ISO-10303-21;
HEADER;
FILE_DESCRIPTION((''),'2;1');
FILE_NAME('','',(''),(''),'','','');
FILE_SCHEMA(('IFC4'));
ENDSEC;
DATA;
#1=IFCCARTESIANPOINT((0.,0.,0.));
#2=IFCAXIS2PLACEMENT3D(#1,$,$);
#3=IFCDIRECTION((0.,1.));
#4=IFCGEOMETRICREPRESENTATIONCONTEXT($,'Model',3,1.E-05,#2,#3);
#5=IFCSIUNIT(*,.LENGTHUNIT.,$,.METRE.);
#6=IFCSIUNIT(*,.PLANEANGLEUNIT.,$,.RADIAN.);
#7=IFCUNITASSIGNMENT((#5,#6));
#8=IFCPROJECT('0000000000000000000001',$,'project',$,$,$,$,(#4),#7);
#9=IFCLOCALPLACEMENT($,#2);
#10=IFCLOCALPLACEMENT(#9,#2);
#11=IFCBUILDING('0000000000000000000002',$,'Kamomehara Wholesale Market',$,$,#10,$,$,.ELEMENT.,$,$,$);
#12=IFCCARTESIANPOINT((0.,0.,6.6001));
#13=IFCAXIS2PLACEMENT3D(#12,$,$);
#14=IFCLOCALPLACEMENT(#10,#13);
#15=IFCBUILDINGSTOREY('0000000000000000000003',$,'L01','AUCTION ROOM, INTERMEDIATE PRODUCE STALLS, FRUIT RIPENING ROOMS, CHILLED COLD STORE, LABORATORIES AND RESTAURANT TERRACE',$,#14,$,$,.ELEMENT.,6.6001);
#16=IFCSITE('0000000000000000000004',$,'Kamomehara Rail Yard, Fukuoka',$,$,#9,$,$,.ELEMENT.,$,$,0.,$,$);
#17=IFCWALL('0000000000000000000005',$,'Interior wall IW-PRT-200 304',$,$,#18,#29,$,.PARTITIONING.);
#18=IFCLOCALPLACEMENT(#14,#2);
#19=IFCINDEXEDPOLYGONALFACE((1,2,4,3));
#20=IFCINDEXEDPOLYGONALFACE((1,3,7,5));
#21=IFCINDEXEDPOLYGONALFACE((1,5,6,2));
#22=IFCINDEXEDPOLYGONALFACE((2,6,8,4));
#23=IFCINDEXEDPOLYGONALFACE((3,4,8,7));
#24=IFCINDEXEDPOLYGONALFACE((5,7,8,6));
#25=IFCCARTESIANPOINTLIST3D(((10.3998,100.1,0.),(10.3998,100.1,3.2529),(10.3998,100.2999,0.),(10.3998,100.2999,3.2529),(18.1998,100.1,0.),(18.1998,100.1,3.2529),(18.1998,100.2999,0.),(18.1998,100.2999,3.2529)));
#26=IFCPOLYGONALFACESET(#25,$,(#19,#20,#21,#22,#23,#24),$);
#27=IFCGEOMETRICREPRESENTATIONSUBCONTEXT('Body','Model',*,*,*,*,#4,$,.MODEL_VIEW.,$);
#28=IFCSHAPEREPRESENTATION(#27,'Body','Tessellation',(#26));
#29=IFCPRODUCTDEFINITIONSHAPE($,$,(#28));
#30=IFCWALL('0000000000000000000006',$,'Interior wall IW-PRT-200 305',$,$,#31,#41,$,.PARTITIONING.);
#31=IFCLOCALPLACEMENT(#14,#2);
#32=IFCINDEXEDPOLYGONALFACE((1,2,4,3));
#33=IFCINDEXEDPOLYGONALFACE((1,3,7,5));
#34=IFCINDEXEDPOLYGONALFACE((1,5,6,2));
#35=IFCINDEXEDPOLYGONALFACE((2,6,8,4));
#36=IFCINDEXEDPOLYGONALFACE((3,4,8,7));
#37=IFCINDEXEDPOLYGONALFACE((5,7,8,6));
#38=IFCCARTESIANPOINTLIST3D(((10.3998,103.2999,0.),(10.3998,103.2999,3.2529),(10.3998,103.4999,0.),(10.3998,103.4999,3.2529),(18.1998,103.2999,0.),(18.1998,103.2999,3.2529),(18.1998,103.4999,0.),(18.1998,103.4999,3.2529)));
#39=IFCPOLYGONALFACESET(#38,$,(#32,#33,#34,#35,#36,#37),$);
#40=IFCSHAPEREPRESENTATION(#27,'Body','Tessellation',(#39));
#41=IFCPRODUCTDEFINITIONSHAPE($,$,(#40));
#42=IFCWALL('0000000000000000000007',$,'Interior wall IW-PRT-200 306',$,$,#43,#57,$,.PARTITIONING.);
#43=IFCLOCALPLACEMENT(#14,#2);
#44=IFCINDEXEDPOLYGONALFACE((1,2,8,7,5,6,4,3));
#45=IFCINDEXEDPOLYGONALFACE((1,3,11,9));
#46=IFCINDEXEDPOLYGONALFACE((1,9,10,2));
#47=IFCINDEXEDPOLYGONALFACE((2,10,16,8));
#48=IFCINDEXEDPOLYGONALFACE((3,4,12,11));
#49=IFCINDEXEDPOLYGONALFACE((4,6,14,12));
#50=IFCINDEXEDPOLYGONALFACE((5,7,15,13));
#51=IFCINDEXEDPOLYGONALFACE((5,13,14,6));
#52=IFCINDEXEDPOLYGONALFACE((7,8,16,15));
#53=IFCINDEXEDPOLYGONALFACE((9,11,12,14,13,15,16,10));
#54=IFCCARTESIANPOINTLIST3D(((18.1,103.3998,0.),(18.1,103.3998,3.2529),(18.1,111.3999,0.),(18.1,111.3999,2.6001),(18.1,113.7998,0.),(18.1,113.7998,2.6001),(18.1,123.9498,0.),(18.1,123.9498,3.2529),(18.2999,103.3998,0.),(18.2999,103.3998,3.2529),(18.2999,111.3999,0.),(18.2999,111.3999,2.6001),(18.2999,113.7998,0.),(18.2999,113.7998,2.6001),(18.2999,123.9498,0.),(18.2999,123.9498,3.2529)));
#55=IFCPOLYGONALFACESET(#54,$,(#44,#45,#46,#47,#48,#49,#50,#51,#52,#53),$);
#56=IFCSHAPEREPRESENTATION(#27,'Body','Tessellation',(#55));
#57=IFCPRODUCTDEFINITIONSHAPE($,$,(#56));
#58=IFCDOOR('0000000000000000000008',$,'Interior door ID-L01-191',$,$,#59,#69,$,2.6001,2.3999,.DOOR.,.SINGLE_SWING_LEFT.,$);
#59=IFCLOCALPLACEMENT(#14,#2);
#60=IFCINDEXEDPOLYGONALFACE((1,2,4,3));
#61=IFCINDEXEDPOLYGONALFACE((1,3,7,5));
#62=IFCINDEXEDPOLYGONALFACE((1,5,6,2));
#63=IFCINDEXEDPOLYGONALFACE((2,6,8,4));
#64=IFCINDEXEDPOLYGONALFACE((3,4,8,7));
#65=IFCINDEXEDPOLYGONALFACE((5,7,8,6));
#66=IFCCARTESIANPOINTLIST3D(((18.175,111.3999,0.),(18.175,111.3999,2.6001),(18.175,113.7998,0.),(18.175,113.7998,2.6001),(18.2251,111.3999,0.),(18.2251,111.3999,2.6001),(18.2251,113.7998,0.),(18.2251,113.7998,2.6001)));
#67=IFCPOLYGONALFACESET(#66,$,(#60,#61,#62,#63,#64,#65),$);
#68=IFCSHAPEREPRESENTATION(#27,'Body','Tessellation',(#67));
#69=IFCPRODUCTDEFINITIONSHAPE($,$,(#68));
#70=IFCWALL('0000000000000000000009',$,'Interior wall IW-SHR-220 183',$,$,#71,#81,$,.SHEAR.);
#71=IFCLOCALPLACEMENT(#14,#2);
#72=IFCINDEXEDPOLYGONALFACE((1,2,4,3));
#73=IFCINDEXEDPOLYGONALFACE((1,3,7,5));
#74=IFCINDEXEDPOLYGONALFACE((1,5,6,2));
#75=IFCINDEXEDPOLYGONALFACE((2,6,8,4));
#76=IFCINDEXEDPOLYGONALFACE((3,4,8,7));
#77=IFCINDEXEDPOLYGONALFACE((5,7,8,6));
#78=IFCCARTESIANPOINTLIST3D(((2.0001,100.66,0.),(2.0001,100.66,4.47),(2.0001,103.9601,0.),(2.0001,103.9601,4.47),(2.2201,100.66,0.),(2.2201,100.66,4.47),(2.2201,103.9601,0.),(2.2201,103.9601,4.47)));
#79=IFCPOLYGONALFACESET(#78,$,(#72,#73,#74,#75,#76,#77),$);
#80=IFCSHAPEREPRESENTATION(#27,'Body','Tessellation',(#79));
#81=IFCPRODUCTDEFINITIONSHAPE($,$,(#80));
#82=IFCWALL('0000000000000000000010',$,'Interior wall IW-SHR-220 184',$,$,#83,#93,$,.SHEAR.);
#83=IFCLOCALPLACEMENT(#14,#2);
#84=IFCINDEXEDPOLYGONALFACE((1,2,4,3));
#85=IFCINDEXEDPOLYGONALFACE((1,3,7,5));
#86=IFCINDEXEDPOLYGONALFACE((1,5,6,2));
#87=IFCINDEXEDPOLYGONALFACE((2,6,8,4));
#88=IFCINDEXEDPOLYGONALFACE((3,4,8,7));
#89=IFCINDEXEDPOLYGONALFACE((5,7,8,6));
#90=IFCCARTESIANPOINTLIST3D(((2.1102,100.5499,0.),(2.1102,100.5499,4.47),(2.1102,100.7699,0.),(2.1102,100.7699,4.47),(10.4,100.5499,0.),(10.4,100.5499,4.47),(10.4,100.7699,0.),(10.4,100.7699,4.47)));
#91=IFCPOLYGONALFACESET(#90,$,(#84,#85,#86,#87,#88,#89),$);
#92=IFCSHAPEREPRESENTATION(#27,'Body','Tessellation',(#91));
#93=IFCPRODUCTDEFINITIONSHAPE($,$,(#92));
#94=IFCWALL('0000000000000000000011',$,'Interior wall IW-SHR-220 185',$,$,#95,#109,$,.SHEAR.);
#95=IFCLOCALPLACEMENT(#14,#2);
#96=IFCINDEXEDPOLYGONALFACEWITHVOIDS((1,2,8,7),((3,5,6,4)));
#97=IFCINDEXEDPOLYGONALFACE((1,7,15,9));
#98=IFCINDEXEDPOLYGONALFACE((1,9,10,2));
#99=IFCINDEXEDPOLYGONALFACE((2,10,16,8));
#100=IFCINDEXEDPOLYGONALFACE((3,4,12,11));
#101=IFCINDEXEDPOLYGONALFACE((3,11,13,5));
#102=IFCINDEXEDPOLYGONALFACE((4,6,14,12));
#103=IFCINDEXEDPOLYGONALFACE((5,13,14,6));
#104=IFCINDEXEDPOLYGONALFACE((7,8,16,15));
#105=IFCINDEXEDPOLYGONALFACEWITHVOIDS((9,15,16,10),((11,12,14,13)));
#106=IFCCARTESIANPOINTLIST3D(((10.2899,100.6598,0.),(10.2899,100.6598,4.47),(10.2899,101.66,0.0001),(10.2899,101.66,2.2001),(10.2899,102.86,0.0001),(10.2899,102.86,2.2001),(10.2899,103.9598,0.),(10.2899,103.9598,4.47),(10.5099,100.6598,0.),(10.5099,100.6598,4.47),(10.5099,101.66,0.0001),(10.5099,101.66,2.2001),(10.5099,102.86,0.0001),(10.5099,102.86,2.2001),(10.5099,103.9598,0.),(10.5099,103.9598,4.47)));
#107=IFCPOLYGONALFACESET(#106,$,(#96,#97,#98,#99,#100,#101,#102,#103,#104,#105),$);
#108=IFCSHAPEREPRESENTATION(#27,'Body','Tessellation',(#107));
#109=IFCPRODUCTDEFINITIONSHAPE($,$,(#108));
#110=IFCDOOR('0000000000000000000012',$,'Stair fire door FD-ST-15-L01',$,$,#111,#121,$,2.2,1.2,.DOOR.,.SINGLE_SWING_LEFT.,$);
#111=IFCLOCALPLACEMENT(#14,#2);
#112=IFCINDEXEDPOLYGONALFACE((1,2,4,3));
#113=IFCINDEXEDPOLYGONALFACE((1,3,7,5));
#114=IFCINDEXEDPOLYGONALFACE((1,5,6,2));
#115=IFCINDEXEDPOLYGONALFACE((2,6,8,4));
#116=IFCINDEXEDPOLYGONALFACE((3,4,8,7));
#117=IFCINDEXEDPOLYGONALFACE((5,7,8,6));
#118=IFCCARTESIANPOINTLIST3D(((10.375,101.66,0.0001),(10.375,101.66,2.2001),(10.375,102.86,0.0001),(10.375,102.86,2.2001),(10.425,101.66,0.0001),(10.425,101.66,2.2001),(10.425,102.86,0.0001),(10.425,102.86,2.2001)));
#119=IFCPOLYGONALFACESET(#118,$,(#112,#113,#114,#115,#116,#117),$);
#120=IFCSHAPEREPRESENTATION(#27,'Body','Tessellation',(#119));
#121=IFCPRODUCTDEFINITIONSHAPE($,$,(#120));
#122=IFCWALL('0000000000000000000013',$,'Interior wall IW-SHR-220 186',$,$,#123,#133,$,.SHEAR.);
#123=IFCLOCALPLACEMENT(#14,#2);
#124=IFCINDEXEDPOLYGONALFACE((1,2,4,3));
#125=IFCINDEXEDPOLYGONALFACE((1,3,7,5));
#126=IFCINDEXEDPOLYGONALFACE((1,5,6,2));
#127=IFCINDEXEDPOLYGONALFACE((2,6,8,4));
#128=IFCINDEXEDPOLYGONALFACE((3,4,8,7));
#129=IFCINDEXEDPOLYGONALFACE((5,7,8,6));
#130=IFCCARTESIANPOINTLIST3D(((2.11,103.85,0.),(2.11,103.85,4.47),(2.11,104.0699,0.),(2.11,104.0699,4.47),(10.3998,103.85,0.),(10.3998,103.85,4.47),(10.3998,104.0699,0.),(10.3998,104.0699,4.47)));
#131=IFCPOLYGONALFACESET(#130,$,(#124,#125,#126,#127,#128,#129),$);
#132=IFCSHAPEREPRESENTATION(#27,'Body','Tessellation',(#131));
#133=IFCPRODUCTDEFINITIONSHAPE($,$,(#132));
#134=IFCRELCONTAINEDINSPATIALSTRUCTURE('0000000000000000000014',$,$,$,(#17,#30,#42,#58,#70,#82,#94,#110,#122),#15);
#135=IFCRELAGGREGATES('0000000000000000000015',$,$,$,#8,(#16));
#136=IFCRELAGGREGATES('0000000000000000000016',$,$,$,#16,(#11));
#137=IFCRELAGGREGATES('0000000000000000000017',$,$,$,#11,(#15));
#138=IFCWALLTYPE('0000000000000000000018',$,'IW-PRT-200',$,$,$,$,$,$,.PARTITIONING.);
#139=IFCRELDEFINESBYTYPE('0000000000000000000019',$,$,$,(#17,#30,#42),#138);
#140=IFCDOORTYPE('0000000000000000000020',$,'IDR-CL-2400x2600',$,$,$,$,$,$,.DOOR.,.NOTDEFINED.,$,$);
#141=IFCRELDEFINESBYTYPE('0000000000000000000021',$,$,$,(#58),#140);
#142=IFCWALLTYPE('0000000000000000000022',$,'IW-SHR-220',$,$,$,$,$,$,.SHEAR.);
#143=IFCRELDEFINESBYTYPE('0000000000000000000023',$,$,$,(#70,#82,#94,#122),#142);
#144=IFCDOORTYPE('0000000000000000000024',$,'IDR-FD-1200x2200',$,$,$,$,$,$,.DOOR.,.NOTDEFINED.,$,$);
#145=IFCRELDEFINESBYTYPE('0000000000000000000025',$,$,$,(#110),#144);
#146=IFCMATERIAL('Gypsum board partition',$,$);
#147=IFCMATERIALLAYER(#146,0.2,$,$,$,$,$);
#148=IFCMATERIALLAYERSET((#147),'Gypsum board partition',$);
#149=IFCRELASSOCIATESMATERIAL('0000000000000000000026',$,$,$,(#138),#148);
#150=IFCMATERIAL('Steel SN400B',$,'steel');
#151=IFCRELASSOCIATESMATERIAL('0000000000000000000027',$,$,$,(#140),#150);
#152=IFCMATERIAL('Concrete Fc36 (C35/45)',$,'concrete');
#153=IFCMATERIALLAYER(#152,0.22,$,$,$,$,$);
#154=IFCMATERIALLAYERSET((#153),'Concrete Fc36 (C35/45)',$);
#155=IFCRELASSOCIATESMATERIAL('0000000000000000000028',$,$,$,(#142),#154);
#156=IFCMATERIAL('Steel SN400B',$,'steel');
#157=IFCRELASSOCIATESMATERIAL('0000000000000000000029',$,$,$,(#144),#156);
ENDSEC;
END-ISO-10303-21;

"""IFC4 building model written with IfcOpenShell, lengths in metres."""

from ifc_helpers import new_model, si_unit, direction, frame, frame_2d, origin, place, context, subcontext, project, spatial, rectangle, extrude, material, layer, layer_set, type_object, element, fill, save


model = new_model("IFC4")

# Units and contexts
model_context = context("Model", 3, precision=1e-05, world=origin(), true_north=direction((0.0, 1.0)))
body_context = subcontext(model_context, "Body", "Model", "MODEL_VIEW")
ifc_project = project(units=[si_unit("LENGTHUNIT", "METRE"), si_unit("PLANEANGLEUNIT", "RADIAN")], contexts=[model_context])

# Site, building, storey
site_placement = place(None, origin())
site = spatial("IfcSite", under=ifc_project, at=site_placement, Name="Kamomehara Rail Yard, Fukuoka", CompositionType="ELEMENT", RefElevation=0.0)
building_placement = place(site_placement, origin())
building = spatial("IfcBuilding", under=site, at=building_placement, Name="Kamomehara Wholesale Market", CompositionType="ELEMENT")
storey_placement = place(building_placement, frame((0.0, 0.0, 6.6001)))
storey = spatial("IfcBuildingStorey", under=building, at=storey_placement, Name="L01", Description="AUCTION ROOM, INTERMEDIATE PRODUCE STALLS, FRUIT RIPENING ROOMS, CHILLED COLD STORE, LABORATORIES AND RESTAURANT TERRACE", CompositionType="ELEMENT", Elevation=6.6001)

# Walls
ifc_material_1 = material(Name="Gypsum board partition")
ifc_layer_1 = layer(ifc_material_1, 0.2)
ifc_layer_set_1 = layer_set([ifc_layer_1], Name="Gypsum board partition")
wall_type_1 = type_object("IfcWallType", Name="IW-PRT-200", PredefinedType="PARTITIONING", material=ifc_layer_set_1)
for number, where, z_axis, x_axis, name in (
    (1, (10.3999, 100.2, 0.0), (0.0, 0.0, 1.0), (1.0, 0.0, 0.0), "Interior wall IW-PRT-200 304"),
    (2, (10.3999, 103.3999, 0.0), (0.0, 0.0, 1.0), (1.0, 0.0, 0.0), "Interior wall IW-PRT-200 305"),
):
    element("IfcWall", number, at=place(storey_placement, frame(where, z_axis=z_axis, x_axis=x_axis)), inside=storey, type_object=wall_type_1, Name=name, PredefinedType="PARTITIONING", context=body_context, shape_type="SweptSolid", body=[
        extrude(rectangle(XDim=7.8, YDim=0.2, at=frame_2d((3.8999, 0.0))), origin(), (0.0, 0.0, 1.0), 3.2529),
    ])

# Wall, opening, door
wall_1_placement = place(storey_placement, frame((18.2, 103.3999, 0.0), z_axis=(0.0, 0.0, 1.0), x_axis=(0.0, 1.0, 0.0)))
wall_1 = element("IfcWall", 3, at=wall_1_placement, inside=storey, type_object=wall_type_1, Name="Interior wall IW-PRT-200 306", PredefinedType="PARTITIONING", context=body_context, shape_type="SweptSolid", body=[
    extrude(rectangle(XDim=20.55, YDim=0.2, at=frame_2d((10.2749, 0.0))), origin(), (0.0, 0.0, 1.0), 3.2529),
])
opening_1_placement = place(wall_1_placement, frame((8.0, 0.0, 0.0)))
opening_1 = element("IfcOpeningElement", 4, at=opening_1_placement, cuts=wall_1, PredefinedType="OPENING", context=body_context, shape_type="SweptSolid", body=[
    extrude(rectangle(XDim=2.3999, YDim=2.6001, at=frame_2d((1.2, 1.3))), frame((0.0, 0.1147, 0.0), z_axis=(0.0, -1.0, 0.0), x_axis=(1.0, 0.0, 0.0)), (0.0, 0.0, 1.0), 0.2297),
])
ifc_material_2 = material(Name="Steel SN400B", Category="steel")
door_type_1 = type_object("IfcDoorType", Name="IDR-CL-2400x2600", OperationType="NOTDEFINED", PredefinedType="DOOR", material=ifc_material_2)
door_1_placement = place(opening_1_placement, origin())
door_1 = element("IfcDoor", 5, at=door_1_placement, inside=storey, type_object=door_type_1, Name="Interior door ID-L01-191", OperationType="SINGLE_SWING_LEFT", OverallHeight=2.6001, OverallWidth=2.3999, PredefinedType="DOOR", context=body_context, shape_type="SweptSolid", body=[
    extrude(rectangle(XDim=2.3999, YDim=2.6001, at=frame_2d((1.2, 1.3))), frame((0.0, 0.0249, 0.0), z_axis=(0.0, -1.0, 0.0), x_axis=(1.0, 0.0, 0.0)), (0.0, 0.0, 1.0), 0.05),
])
fill(opening_1, door_1)

# Walls
ifc_material_3 = material(Name="Concrete Fc36 (C35/45)", Category="concrete")
ifc_layer_2 = layer(ifc_material_3, 0.22)
ifc_layer_set_2 = layer_set([ifc_layer_2], Name="Concrete Fc36 (C35/45)")
wall_type_2 = type_object("IfcWallType", Name="IW-SHR-220", PredefinedType="SHEAR", material=ifc_layer_set_2)
wall_2_placement = place(storey_placement, frame((2.1101, 103.96, 0.0), z_axis=(0.0, 0.0, 1.0), x_axis=(0.0, -1.0, 0.0)))
element("IfcWall", 6, at=wall_2_placement, inside=storey, type_object=wall_type_2, Name="Interior wall IW-SHR-220 183", PredefinedType="SHEAR", context=body_context, shape_type="SweptSolid", body=[
    extrude(rectangle(XDim=3.3, YDim=0.22, at=frame_2d((1.6499, 0.0))), origin(), (0.0, 0.0, 1.0), 4.47),
])
wall_3_placement = place(storey_placement, frame((2.1101, 100.6599, 0.0), z_axis=(0.0, 0.0, 1.0), x_axis=(1.0, 0.0, 0.0)))
element("IfcWall", 7, at=wall_3_placement, inside=storey, type_object=wall_type_2, Name="Interior wall IW-SHR-220 184", PredefinedType="SHEAR", context=body_context, shape_type="SweptSolid", body=[
    extrude(rectangle(XDim=8.2898, YDim=0.22, at=frame_2d((4.145, 0.0))), origin(), (0.0, 0.0, 1.0), 4.47),
])

# Wall, opening, door
wall_4_placement = place(storey_placement, frame((10.3999, 100.6599, 0.0), z_axis=(0.0, 0.0, 1.0), x_axis=(0.0, 1.0, 0.0)))
wall_4 = element("IfcWall", 8, at=wall_4_placement, inside=storey, type_object=wall_type_2, Name="Interior wall IW-SHR-220 185", PredefinedType="SHEAR", context=body_context, shape_type="SweptSolid", body=[
    extrude(rectangle(XDim=3.3, YDim=0.22, at=frame_2d((1.6499, 0.0))), origin(), (0.0, 0.0, 1.0), 4.47),
])
opening_2_placement = place(wall_4_placement, frame((1.0, 0.0, 0.0)))
opening_2 = element("IfcOpeningElement", 9, at=opening_2_placement, cuts=wall_4, PredefinedType="OPENING", context=body_context, shape_type="SweptSolid", body=[
    extrude(rectangle(XDim=1.2, YDim=2.2, at=frame_2d((0.6001, 1.1001))), frame((0.0, 0.125, 0.0), z_axis=(0.0, -1.0, 0.0), x_axis=(1.0, 0.0, 0.0)), (0.0, 0.0, 1.0), 0.2498),
])
ifc_material_4 = material(Name="Steel SN400B", Category="steel")
door_type_2 = type_object("IfcDoorType", Name="IDR-FD-1200x2200", OperationType="NOTDEFINED", PredefinedType="DOOR", material=ifc_material_4)
door_2_placement = place(opening_2_placement, origin())
door_2 = element("IfcDoor", 10, at=door_2_placement, inside=storey, type_object=door_type_2, Name="Stair fire door FD-ST-15-L01", OperationType="SINGLE_SWING_LEFT", OverallHeight=2.2, OverallWidth=1.2, PredefinedType="DOOR", context=body_context, shape_type="SweptSolid", body=[
    extrude(rectangle(XDim=1.2, YDim=2.2, at=frame_2d((0.6001, 1.1001))), frame((0.0, 0.0249, 0.0), z_axis=(0.0, -1.0, 0.0), x_axis=(1.0, 0.0, 0.0)), (0.0, 0.0, 1.0), 0.05),
])
fill(opening_2, door_2)

# Wall
wall_5_placement = place(storey_placement, frame((10.3999, 103.96, 0.0), z_axis=(0.0, 0.0, 1.0), x_axis=(-1.0, 0.0, 0.0)))
element("IfcWall", 11, at=wall_5_placement, inside=storey, type_object=wall_type_2, Name="Interior wall IW-SHR-220 186", PredefinedType="SHEAR", context=body_context, shape_type="SweptSolid", body=[
    extrude(rectangle(XDim=8.2898, YDim=0.22, at=frame_2d((4.145, 0.0))), origin(), (0.0, 0.0, 1.0), 4.47),
])

save(model, "model.ifc")
